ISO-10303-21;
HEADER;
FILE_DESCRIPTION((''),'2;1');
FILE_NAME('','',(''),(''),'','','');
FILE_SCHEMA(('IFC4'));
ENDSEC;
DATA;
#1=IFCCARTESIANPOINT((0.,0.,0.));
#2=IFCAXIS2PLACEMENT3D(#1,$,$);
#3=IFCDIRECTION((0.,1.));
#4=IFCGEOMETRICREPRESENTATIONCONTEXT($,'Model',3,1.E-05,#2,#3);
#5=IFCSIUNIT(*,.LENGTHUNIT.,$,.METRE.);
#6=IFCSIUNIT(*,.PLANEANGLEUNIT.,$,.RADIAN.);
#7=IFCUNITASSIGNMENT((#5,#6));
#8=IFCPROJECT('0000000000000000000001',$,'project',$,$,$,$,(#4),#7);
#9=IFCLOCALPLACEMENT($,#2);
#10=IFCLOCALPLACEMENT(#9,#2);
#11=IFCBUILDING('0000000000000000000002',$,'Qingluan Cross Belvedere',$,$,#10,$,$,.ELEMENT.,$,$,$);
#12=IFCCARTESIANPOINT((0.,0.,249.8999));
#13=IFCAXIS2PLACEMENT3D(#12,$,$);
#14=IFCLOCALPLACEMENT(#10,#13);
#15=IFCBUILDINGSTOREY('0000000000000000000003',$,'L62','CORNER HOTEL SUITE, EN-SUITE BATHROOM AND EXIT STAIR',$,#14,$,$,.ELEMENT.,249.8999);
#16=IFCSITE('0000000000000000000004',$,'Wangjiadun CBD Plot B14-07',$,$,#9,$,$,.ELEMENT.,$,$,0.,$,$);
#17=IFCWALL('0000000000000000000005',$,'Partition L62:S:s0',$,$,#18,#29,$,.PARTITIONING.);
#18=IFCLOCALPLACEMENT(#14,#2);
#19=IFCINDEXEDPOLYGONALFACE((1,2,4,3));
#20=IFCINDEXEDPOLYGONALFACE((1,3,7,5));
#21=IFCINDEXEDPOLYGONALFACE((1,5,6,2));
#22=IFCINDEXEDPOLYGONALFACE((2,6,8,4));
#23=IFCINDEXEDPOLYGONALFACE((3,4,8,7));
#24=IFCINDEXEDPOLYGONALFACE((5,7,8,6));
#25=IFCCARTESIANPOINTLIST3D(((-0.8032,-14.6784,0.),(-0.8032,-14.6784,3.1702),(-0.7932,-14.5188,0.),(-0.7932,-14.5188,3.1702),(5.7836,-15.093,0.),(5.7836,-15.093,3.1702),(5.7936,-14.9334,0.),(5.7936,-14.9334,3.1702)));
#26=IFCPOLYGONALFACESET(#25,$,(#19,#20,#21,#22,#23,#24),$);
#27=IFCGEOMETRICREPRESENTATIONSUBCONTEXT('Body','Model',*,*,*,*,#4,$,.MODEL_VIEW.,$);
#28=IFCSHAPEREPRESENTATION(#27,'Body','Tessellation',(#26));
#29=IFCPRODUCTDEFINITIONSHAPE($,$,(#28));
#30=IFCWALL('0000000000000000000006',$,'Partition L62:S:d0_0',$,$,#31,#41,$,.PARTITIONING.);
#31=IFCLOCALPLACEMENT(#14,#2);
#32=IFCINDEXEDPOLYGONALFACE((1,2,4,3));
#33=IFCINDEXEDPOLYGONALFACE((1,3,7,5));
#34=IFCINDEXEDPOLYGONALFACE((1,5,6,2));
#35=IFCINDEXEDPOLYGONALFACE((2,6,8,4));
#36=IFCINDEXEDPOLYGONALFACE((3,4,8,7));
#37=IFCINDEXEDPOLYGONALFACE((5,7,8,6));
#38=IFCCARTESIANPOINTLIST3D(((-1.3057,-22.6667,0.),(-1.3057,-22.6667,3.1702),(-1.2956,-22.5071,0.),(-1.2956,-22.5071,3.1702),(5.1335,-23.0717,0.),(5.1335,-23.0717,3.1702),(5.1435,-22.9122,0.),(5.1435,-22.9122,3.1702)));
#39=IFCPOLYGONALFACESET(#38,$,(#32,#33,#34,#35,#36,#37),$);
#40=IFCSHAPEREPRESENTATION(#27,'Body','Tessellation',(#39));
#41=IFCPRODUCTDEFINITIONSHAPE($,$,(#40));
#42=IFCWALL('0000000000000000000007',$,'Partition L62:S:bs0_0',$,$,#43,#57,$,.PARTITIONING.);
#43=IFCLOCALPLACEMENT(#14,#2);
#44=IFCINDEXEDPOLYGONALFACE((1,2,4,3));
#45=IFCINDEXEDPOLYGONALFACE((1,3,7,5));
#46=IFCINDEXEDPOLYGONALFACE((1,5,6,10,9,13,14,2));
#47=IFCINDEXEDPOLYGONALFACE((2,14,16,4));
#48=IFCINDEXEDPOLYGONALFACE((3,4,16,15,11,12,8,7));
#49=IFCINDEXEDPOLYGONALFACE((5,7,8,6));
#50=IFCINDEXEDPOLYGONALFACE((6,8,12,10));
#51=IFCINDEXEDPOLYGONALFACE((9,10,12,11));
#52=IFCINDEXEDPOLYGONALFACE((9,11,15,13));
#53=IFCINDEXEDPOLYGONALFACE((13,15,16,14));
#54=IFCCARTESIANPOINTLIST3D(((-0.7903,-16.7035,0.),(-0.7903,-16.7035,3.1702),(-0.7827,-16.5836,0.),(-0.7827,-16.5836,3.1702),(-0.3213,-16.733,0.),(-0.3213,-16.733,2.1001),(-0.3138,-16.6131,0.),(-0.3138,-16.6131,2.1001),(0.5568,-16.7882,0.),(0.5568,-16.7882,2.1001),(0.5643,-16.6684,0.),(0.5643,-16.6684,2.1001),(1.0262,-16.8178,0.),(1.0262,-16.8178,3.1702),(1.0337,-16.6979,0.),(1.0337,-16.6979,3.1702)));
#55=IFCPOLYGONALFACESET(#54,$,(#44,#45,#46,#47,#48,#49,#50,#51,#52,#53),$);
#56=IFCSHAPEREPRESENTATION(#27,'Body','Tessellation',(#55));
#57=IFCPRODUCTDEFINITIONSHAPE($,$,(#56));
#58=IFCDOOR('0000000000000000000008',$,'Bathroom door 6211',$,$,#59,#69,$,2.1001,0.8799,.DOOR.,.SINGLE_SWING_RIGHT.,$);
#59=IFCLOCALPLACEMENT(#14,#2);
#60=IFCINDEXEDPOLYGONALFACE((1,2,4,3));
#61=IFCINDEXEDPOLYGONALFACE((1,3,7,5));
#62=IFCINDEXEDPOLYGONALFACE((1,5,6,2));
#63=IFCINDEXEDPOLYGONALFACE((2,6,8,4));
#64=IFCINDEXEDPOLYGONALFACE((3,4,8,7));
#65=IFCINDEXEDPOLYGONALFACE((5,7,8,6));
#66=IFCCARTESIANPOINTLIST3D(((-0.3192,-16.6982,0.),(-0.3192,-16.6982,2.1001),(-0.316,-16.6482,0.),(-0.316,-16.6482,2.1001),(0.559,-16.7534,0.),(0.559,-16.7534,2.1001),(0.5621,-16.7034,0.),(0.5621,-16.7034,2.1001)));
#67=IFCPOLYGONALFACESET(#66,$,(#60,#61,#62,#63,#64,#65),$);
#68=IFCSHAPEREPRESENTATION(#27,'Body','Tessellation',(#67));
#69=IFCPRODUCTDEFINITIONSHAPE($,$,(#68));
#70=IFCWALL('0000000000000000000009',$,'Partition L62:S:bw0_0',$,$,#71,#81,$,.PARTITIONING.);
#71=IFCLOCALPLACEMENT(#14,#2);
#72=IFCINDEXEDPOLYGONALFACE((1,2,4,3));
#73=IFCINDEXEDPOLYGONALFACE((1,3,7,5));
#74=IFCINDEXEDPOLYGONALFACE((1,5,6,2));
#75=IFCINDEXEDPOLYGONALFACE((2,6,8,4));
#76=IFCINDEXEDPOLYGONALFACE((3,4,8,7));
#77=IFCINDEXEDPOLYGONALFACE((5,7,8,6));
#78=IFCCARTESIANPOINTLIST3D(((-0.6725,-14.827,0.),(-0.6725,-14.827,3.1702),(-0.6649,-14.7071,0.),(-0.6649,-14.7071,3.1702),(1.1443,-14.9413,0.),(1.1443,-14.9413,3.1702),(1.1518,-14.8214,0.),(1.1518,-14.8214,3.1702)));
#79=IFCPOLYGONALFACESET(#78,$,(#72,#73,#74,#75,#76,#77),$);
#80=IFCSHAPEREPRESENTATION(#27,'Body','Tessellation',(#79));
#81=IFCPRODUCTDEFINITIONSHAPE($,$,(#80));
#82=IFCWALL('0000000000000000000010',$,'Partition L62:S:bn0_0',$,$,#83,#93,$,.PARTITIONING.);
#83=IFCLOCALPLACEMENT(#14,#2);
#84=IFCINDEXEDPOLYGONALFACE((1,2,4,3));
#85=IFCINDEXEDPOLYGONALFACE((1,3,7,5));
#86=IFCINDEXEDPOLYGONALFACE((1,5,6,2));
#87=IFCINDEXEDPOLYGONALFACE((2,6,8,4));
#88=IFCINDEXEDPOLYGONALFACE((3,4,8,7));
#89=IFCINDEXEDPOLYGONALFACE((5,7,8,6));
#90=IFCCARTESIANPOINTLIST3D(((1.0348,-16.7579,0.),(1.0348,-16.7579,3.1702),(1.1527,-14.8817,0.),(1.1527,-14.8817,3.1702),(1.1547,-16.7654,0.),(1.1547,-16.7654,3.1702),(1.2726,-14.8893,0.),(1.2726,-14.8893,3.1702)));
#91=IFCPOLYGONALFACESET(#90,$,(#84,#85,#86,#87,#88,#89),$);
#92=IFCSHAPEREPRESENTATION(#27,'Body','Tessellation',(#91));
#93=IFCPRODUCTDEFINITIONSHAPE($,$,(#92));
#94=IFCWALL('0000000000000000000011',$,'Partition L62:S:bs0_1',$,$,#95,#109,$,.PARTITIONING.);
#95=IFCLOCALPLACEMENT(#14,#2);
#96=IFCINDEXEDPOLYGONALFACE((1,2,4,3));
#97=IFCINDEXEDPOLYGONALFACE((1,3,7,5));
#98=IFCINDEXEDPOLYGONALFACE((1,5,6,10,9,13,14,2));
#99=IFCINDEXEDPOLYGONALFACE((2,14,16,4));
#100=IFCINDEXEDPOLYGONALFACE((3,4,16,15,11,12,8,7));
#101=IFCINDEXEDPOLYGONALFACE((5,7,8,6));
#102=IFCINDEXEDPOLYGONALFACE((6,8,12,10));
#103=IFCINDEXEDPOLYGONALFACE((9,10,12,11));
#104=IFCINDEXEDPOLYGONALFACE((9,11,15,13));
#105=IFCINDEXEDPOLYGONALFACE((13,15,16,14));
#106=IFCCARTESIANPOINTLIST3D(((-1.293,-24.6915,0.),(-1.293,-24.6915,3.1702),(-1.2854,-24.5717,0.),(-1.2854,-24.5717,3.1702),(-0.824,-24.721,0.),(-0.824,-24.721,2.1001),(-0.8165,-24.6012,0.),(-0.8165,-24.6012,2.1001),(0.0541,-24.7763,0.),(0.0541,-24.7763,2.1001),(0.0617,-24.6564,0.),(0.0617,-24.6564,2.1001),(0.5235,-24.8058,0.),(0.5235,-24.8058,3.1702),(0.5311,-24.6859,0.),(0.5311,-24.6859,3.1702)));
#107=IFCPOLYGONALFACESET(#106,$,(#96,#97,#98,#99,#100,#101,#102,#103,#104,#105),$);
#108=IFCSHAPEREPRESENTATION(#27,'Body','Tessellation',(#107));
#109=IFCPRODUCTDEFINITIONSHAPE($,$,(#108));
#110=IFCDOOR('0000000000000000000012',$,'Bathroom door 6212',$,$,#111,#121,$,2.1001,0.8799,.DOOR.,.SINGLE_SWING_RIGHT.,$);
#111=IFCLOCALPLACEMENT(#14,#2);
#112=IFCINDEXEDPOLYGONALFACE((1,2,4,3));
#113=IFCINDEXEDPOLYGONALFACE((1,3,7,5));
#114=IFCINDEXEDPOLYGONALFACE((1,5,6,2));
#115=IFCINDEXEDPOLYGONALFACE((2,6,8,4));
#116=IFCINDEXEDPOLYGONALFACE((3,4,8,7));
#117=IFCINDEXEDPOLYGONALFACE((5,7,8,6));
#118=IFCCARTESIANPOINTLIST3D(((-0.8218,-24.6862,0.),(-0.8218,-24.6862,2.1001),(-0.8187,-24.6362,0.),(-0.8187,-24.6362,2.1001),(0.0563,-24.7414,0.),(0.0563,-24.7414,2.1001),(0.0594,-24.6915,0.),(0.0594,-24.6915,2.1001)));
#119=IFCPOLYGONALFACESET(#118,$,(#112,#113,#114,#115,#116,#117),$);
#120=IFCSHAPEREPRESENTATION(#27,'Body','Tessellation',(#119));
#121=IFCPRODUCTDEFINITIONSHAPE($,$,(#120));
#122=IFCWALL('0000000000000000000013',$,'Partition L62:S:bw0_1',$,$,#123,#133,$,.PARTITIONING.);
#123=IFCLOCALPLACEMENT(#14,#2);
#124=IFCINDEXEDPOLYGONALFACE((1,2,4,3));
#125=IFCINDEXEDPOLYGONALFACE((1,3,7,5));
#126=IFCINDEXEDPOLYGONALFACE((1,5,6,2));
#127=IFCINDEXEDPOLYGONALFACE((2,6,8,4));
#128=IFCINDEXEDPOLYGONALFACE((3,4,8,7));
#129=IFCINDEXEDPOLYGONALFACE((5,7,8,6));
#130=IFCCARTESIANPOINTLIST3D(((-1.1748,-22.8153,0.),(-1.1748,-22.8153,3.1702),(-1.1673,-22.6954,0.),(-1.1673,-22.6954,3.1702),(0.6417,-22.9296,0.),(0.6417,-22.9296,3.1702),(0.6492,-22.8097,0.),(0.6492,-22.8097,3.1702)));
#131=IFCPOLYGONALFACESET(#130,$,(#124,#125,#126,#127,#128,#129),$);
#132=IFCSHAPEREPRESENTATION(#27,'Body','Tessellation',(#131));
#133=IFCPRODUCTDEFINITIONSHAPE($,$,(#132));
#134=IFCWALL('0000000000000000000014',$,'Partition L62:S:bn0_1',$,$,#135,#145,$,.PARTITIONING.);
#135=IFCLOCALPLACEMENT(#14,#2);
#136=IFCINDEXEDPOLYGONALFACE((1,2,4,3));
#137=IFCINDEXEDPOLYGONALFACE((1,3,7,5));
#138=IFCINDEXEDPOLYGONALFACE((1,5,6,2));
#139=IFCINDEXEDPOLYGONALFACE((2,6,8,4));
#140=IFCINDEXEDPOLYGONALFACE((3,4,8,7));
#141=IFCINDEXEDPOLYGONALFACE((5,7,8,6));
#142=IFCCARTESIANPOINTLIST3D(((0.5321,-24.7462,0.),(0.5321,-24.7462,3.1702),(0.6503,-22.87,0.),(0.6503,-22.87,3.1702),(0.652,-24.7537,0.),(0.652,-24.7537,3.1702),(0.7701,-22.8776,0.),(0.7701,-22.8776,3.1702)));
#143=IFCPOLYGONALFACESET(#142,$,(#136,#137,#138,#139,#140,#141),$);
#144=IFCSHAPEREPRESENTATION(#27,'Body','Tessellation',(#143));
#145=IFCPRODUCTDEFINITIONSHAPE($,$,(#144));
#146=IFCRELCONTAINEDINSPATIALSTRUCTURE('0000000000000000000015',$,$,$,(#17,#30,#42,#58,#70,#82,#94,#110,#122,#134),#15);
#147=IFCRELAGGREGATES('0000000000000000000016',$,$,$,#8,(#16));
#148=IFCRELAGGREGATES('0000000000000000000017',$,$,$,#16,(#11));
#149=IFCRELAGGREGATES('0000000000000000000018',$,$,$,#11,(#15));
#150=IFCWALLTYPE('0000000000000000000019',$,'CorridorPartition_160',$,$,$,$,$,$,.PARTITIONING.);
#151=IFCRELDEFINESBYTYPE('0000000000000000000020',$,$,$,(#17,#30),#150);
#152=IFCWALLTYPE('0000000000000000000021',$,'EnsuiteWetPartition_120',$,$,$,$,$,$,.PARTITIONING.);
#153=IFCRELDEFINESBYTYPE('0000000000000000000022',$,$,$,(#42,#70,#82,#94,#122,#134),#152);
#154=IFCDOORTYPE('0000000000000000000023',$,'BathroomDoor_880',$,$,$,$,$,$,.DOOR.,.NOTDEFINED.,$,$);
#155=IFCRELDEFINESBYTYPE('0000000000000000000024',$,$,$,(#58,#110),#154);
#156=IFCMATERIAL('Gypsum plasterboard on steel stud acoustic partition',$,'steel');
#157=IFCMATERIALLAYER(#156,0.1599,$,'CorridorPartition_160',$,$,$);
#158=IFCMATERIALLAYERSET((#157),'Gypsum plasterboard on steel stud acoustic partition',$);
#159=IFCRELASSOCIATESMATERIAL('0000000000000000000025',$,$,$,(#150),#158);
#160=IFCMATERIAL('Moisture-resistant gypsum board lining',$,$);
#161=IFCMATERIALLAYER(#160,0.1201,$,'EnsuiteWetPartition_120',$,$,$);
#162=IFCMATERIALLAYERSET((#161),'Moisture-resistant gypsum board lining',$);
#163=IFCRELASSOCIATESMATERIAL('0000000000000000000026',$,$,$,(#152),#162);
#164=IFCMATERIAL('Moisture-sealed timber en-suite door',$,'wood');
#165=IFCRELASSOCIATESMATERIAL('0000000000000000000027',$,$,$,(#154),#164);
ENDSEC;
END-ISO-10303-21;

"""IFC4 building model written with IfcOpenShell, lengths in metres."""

from ifc_helpers import new_model, si_unit, direction, frame, frame_2d, origin, place, context, subcontext, project, spatial, rectangle, extrude, material, layer, layer_set, type_object, element, fill, save


model = new_model("IFC4")

# Units and contexts
model_context = context("Model", 3, precision=1e-05, world=origin(), true_north=direction((0.0, 1.0)))
body_context = subcontext(model_context, "Body", "Model", "MODEL_VIEW")
ifc_project = project(units=[si_unit("LENGTHUNIT", "METRE"), si_unit("PLANEANGLEUNIT", "RADIAN")], contexts=[model_context])

# Site, building, storey
site_placement = place(None, origin())
site = spatial("IfcSite", under=ifc_project, at=site_placement, Name="Wangjiadun CBD Plot B14-07", CompositionType="ELEMENT", RefElevation=0.0)
building_placement = place(site_placement, origin())
building = spatial("IfcBuilding", under=site, at=building_placement, Name="Qingluan Cross Belvedere", CompositionType="ELEMENT")
storey_placement = place(building_placement, frame((0.0, 0.0, 249.8999)))
storey = spatial("IfcBuildingStorey", under=building, at=storey_placement, Name="L62", Description="CORNER HOTEL SUITE, EN-SUITE BATHROOM AND EXIT STAIR", CompositionType="ELEMENT", Elevation=249.8999)

# Shared definitions
ifc_material_1 = material(Name="Gypsum plasterboard on steel stud acoustic partition", Category="steel")
ifc_layer_1 = layer(ifc_material_1, 0.1599, Name="CorridorPartition_160")
ifc_layer_set_1 = layer_set([ifc_layer_1], Name="Gypsum plasterboard on steel stud acoustic partition")
wall_type_1 = type_object("IfcWallType", Name="CorridorPartition_160", PredefinedType="PARTITIONING", material=ifc_layer_set_1)

# Walls
wall_1_placement = place(storey_placement, frame((-0.7981, -14.5986, 0.0), z_axis=(0.0, 0.0, 1.0), x_axis=(0.998025, -0.062811, 0.0)))
element("IfcWall", 1, at=wall_1_placement, inside=storey, type_object=wall_type_1, Name="Partition L62:S:s0", PredefinedType="PARTITIONING", context=body_context, shape_type="SweptSolid", body=[
    extrude(rectangle(XDim=6.5999, YDim=0.1599, at=frame_2d((3.2998, 0.0))), origin(), (0.0, 0.0, 1.0), 3.1702),
])
wall_2_placement = place(storey_placement, frame((-1.3008, -22.5869, 0.0), z_axis=(0.0, 0.0, 1.0), x_axis=(0.998028, -0.062776, 0.0)))
element("IfcWall", 2, at=wall_2_placement, inside=storey, type_object=wall_type_1, Name="Partition L62:S:d0_0", PredefinedType="PARTITIONING", context=body_context, shape_type="SweptSolid", body=[
    extrude(rectangle(XDim=6.4519, YDim=0.1599, at=frame_2d((3.2261, 0.0))), origin(), (0.0, 0.0, 1.0), 3.1702),
])

# Wall, opening, door
ifc_material_2 = material(Name="Moisture-resistant gypsum board lining")
ifc_layer_2 = layer(ifc_material_2, 0.1201, Name="EnsuiteWetPartition_120")
ifc_layer_set_2 = layer_set([ifc_layer_2], Name="Moisture-resistant gypsum board lining")
wall_type_2 = type_object("IfcWallType", Name="EnsuiteWetPartition_120", PredefinedType="PARTITIONING", material=ifc_layer_set_2)
wall_3_placement = place(storey_placement, frame((-0.7866, -16.6436, 0.0), z_axis=(0.0, 0.0, 1.0), x_axis=(0.998027, -0.062779, 0.0)))
wall_3 = element("IfcWall", 3, at=wall_3_placement, inside=storey, type_object=wall_type_2, Name="Partition L62:S:bs0_0", PredefinedType="PARTITIONING", context=body_context, shape_type="SweptSolid", body=[
    extrude(rectangle(XDim=1.8201, YDim=0.1201, at=frame_2d((0.9102, 0.0))), origin(), (0.0, 0.0, 1.0), 3.1702),
])
opening_1_placement = place(wall_3_placement, frame((0.47, 0.0, 0.0)))
opening_1 = element("IfcOpeningElement", 4, at=opening_1_placement, cuts=wall_3, PredefinedType="OPENING", context=body_context, shape_type="SweptSolid", body=[
    extrude(rectangle(XDim=0.8799, YDim=2.1001, at=frame_2d((0.4399, 1.05))), frame((0.0, 0.0701, 0.0), z_axis=(0.0, -1.0, 0.0), x_axis=(1.0, 0.0, 0.0)), (0.0, 0.0, 1.0), 0.1401),
])
ifc_material_3 = material(Name="Moisture-sealed timber en-suite door", Category="wood")
door_type_1 = type_object("IfcDoorType", Name="BathroomDoor_880", OperationType="NOTDEFINED", PredefinedType="DOOR", material=ifc_material_3)
door_1_placement = place(opening_1_placement, origin())
door_1 = element("IfcDoor", 5, at=door_1_placement, inside=storey, type_object=door_type_1, Name="Bathroom door 6211", OperationType="SINGLE_SWING_RIGHT", OverallHeight=2.1001, OverallWidth=0.8799, PredefinedType="DOOR", context=body_context, shape_type="SweptSolid", body=[
    extrude(rectangle(XDim=0.8799, YDim=2.1001, at=frame_2d((0.4399, 1.05))), frame((0.0, 0.0249, 0.0), z_axis=(0.0, -1.0, 0.0), x_axis=(1.0, 0.0, 0.0)), (0.0, 0.0, 1.0), 0.05),
])
fill(opening_1, door_1)

# Walls
wall_4_placement = place(storey_placement, frame((-0.6687, -14.7671, 0.0), z_axis=(0.0, 0.0, 1.0), x_axis=(0.998028, -0.062771, 0.0)))
element("IfcWall", 6, at=wall_4_placement, inside=storey, type_object=wall_type_2, Name="Partition L62:S:bw0_0", PredefinedType="PARTITIONING", context=body_context, shape_type="SweptSolid", body=[
    extrude(rectangle(XDim=1.8203, YDim=0.1201, at=frame_2d((0.9102, 0.0))), origin(), (0.0, 0.0, 1.0), 3.1702),
])
wall_5_placement = place(storey_placement, frame((1.2126, -14.8855, 0.0), z_axis=(0.0, 0.0, 1.0), x_axis=(-0.062726, -0.998031, 0.0)))
element("IfcWall", 7, at=wall_5_placement, inside=storey, type_object=wall_type_2, Name="Partition L62:S:bn0_0", PredefinedType="PARTITIONING", context=body_context, shape_type="SweptSolid", body=[
    extrude(rectangle(XDim=1.8799, YDim=0.1201, at=frame_2d((0.9399, 0.0))), origin(), (0.0, 0.0, 1.0), 3.1702),
])

# Wall, opening, door
wall_6_placement = place(storey_placement, frame((-1.2893, -24.6316, 0.0), z_axis=(0.0, 0.0, 1.0), x_axis=(0.998027, -0.062779, 0.0)))
wall_6 = element("IfcWall", 8, at=wall_6_placement, inside=storey, type_object=wall_type_2, Name="Partition L62:S:bs0_1", PredefinedType="PARTITIONING", context=body_context, shape_type="SweptSolid", body=[
    extrude(rectangle(XDim=1.8201, YDim=0.1201, at=frame_2d((0.9102, 0.0))), origin(), (0.0, 0.0, 1.0), 3.1702),
])
opening_2_placement = place(wall_6_placement, frame((0.47, 0.0, 0.0)))
opening_2 = element("IfcOpeningElement", 9, at=opening_2_placement, cuts=wall_6, PredefinedType="OPENING", context=body_context, shape_type="SweptSolid", body=[
    extrude(rectangle(XDim=0.8799, YDim=2.1001, at=frame_2d((0.4399, 1.05))), frame((0.0, 0.0701, 0.0), z_axis=(0.0, -1.0, 0.0), x_axis=(1.0, 0.0, 0.0)), (0.0, 0.0, 1.0), 0.1401),
])
door_2_placement = place(opening_2_placement, origin())
door_2 = element("IfcDoor", 10, at=door_2_placement, inside=storey, type_object=door_type_1, Name="Bathroom door 6212", OperationType="SINGLE_SWING_RIGHT", OverallHeight=2.1001, OverallWidth=0.8799, PredefinedType="DOOR", context=body_context, shape_type="SweptSolid", body=[
    extrude(rectangle(XDim=0.8799, YDim=2.1001, at=frame_2d((0.4399, 1.05))), frame((0.0, 0.0249, 0.0), z_axis=(0.0, -1.0, 0.0), x_axis=(1.0, 0.0, 0.0)), (0.0, 0.0, 1.0), 0.05),
])
fill(opening_2, door_2)

# Walls
wall_7_placement = place(storey_placement, frame((-1.1711, -22.7554, 0.0), z_axis=(0.0, 0.0, 1.0), x_axis=(0.998027, -0.062779, 0.0)))
element("IfcWall", 11, at=wall_7_placement, inside=storey, type_object=wall_type_2, Name="Partition L62:S:bw0_1", PredefinedType="PARTITIONING", context=body_context, shape_type="SweptSolid", body=[
    extrude(rectangle(XDim=1.8201, YDim=0.1201, at=frame_2d((0.9102, 0.0))), origin(), (0.0, 0.0, 1.0), 3.1702),
])
wall_8_placement = place(storey_placement, frame((0.7102, -22.8738, 0.0), z_axis=(0.0, 0.0, 1.0), x_axis=(-0.062855, -0.998023, 0.0)))
element("IfcWall", 12, at=wall_8_placement, inside=storey, type_object=wall_type_2, Name="Partition L62:S:bn0_1", PredefinedType="PARTITIONING", context=body_context, shape_type="SweptSolid", body=[
    extrude(rectangle(XDim=1.8799, YDim=0.1201, at=frame_2d((0.9399, 0.0))), origin(), (0.0, 0.0, 1.0), 3.1702),
])

save(model, "model.ifc")
